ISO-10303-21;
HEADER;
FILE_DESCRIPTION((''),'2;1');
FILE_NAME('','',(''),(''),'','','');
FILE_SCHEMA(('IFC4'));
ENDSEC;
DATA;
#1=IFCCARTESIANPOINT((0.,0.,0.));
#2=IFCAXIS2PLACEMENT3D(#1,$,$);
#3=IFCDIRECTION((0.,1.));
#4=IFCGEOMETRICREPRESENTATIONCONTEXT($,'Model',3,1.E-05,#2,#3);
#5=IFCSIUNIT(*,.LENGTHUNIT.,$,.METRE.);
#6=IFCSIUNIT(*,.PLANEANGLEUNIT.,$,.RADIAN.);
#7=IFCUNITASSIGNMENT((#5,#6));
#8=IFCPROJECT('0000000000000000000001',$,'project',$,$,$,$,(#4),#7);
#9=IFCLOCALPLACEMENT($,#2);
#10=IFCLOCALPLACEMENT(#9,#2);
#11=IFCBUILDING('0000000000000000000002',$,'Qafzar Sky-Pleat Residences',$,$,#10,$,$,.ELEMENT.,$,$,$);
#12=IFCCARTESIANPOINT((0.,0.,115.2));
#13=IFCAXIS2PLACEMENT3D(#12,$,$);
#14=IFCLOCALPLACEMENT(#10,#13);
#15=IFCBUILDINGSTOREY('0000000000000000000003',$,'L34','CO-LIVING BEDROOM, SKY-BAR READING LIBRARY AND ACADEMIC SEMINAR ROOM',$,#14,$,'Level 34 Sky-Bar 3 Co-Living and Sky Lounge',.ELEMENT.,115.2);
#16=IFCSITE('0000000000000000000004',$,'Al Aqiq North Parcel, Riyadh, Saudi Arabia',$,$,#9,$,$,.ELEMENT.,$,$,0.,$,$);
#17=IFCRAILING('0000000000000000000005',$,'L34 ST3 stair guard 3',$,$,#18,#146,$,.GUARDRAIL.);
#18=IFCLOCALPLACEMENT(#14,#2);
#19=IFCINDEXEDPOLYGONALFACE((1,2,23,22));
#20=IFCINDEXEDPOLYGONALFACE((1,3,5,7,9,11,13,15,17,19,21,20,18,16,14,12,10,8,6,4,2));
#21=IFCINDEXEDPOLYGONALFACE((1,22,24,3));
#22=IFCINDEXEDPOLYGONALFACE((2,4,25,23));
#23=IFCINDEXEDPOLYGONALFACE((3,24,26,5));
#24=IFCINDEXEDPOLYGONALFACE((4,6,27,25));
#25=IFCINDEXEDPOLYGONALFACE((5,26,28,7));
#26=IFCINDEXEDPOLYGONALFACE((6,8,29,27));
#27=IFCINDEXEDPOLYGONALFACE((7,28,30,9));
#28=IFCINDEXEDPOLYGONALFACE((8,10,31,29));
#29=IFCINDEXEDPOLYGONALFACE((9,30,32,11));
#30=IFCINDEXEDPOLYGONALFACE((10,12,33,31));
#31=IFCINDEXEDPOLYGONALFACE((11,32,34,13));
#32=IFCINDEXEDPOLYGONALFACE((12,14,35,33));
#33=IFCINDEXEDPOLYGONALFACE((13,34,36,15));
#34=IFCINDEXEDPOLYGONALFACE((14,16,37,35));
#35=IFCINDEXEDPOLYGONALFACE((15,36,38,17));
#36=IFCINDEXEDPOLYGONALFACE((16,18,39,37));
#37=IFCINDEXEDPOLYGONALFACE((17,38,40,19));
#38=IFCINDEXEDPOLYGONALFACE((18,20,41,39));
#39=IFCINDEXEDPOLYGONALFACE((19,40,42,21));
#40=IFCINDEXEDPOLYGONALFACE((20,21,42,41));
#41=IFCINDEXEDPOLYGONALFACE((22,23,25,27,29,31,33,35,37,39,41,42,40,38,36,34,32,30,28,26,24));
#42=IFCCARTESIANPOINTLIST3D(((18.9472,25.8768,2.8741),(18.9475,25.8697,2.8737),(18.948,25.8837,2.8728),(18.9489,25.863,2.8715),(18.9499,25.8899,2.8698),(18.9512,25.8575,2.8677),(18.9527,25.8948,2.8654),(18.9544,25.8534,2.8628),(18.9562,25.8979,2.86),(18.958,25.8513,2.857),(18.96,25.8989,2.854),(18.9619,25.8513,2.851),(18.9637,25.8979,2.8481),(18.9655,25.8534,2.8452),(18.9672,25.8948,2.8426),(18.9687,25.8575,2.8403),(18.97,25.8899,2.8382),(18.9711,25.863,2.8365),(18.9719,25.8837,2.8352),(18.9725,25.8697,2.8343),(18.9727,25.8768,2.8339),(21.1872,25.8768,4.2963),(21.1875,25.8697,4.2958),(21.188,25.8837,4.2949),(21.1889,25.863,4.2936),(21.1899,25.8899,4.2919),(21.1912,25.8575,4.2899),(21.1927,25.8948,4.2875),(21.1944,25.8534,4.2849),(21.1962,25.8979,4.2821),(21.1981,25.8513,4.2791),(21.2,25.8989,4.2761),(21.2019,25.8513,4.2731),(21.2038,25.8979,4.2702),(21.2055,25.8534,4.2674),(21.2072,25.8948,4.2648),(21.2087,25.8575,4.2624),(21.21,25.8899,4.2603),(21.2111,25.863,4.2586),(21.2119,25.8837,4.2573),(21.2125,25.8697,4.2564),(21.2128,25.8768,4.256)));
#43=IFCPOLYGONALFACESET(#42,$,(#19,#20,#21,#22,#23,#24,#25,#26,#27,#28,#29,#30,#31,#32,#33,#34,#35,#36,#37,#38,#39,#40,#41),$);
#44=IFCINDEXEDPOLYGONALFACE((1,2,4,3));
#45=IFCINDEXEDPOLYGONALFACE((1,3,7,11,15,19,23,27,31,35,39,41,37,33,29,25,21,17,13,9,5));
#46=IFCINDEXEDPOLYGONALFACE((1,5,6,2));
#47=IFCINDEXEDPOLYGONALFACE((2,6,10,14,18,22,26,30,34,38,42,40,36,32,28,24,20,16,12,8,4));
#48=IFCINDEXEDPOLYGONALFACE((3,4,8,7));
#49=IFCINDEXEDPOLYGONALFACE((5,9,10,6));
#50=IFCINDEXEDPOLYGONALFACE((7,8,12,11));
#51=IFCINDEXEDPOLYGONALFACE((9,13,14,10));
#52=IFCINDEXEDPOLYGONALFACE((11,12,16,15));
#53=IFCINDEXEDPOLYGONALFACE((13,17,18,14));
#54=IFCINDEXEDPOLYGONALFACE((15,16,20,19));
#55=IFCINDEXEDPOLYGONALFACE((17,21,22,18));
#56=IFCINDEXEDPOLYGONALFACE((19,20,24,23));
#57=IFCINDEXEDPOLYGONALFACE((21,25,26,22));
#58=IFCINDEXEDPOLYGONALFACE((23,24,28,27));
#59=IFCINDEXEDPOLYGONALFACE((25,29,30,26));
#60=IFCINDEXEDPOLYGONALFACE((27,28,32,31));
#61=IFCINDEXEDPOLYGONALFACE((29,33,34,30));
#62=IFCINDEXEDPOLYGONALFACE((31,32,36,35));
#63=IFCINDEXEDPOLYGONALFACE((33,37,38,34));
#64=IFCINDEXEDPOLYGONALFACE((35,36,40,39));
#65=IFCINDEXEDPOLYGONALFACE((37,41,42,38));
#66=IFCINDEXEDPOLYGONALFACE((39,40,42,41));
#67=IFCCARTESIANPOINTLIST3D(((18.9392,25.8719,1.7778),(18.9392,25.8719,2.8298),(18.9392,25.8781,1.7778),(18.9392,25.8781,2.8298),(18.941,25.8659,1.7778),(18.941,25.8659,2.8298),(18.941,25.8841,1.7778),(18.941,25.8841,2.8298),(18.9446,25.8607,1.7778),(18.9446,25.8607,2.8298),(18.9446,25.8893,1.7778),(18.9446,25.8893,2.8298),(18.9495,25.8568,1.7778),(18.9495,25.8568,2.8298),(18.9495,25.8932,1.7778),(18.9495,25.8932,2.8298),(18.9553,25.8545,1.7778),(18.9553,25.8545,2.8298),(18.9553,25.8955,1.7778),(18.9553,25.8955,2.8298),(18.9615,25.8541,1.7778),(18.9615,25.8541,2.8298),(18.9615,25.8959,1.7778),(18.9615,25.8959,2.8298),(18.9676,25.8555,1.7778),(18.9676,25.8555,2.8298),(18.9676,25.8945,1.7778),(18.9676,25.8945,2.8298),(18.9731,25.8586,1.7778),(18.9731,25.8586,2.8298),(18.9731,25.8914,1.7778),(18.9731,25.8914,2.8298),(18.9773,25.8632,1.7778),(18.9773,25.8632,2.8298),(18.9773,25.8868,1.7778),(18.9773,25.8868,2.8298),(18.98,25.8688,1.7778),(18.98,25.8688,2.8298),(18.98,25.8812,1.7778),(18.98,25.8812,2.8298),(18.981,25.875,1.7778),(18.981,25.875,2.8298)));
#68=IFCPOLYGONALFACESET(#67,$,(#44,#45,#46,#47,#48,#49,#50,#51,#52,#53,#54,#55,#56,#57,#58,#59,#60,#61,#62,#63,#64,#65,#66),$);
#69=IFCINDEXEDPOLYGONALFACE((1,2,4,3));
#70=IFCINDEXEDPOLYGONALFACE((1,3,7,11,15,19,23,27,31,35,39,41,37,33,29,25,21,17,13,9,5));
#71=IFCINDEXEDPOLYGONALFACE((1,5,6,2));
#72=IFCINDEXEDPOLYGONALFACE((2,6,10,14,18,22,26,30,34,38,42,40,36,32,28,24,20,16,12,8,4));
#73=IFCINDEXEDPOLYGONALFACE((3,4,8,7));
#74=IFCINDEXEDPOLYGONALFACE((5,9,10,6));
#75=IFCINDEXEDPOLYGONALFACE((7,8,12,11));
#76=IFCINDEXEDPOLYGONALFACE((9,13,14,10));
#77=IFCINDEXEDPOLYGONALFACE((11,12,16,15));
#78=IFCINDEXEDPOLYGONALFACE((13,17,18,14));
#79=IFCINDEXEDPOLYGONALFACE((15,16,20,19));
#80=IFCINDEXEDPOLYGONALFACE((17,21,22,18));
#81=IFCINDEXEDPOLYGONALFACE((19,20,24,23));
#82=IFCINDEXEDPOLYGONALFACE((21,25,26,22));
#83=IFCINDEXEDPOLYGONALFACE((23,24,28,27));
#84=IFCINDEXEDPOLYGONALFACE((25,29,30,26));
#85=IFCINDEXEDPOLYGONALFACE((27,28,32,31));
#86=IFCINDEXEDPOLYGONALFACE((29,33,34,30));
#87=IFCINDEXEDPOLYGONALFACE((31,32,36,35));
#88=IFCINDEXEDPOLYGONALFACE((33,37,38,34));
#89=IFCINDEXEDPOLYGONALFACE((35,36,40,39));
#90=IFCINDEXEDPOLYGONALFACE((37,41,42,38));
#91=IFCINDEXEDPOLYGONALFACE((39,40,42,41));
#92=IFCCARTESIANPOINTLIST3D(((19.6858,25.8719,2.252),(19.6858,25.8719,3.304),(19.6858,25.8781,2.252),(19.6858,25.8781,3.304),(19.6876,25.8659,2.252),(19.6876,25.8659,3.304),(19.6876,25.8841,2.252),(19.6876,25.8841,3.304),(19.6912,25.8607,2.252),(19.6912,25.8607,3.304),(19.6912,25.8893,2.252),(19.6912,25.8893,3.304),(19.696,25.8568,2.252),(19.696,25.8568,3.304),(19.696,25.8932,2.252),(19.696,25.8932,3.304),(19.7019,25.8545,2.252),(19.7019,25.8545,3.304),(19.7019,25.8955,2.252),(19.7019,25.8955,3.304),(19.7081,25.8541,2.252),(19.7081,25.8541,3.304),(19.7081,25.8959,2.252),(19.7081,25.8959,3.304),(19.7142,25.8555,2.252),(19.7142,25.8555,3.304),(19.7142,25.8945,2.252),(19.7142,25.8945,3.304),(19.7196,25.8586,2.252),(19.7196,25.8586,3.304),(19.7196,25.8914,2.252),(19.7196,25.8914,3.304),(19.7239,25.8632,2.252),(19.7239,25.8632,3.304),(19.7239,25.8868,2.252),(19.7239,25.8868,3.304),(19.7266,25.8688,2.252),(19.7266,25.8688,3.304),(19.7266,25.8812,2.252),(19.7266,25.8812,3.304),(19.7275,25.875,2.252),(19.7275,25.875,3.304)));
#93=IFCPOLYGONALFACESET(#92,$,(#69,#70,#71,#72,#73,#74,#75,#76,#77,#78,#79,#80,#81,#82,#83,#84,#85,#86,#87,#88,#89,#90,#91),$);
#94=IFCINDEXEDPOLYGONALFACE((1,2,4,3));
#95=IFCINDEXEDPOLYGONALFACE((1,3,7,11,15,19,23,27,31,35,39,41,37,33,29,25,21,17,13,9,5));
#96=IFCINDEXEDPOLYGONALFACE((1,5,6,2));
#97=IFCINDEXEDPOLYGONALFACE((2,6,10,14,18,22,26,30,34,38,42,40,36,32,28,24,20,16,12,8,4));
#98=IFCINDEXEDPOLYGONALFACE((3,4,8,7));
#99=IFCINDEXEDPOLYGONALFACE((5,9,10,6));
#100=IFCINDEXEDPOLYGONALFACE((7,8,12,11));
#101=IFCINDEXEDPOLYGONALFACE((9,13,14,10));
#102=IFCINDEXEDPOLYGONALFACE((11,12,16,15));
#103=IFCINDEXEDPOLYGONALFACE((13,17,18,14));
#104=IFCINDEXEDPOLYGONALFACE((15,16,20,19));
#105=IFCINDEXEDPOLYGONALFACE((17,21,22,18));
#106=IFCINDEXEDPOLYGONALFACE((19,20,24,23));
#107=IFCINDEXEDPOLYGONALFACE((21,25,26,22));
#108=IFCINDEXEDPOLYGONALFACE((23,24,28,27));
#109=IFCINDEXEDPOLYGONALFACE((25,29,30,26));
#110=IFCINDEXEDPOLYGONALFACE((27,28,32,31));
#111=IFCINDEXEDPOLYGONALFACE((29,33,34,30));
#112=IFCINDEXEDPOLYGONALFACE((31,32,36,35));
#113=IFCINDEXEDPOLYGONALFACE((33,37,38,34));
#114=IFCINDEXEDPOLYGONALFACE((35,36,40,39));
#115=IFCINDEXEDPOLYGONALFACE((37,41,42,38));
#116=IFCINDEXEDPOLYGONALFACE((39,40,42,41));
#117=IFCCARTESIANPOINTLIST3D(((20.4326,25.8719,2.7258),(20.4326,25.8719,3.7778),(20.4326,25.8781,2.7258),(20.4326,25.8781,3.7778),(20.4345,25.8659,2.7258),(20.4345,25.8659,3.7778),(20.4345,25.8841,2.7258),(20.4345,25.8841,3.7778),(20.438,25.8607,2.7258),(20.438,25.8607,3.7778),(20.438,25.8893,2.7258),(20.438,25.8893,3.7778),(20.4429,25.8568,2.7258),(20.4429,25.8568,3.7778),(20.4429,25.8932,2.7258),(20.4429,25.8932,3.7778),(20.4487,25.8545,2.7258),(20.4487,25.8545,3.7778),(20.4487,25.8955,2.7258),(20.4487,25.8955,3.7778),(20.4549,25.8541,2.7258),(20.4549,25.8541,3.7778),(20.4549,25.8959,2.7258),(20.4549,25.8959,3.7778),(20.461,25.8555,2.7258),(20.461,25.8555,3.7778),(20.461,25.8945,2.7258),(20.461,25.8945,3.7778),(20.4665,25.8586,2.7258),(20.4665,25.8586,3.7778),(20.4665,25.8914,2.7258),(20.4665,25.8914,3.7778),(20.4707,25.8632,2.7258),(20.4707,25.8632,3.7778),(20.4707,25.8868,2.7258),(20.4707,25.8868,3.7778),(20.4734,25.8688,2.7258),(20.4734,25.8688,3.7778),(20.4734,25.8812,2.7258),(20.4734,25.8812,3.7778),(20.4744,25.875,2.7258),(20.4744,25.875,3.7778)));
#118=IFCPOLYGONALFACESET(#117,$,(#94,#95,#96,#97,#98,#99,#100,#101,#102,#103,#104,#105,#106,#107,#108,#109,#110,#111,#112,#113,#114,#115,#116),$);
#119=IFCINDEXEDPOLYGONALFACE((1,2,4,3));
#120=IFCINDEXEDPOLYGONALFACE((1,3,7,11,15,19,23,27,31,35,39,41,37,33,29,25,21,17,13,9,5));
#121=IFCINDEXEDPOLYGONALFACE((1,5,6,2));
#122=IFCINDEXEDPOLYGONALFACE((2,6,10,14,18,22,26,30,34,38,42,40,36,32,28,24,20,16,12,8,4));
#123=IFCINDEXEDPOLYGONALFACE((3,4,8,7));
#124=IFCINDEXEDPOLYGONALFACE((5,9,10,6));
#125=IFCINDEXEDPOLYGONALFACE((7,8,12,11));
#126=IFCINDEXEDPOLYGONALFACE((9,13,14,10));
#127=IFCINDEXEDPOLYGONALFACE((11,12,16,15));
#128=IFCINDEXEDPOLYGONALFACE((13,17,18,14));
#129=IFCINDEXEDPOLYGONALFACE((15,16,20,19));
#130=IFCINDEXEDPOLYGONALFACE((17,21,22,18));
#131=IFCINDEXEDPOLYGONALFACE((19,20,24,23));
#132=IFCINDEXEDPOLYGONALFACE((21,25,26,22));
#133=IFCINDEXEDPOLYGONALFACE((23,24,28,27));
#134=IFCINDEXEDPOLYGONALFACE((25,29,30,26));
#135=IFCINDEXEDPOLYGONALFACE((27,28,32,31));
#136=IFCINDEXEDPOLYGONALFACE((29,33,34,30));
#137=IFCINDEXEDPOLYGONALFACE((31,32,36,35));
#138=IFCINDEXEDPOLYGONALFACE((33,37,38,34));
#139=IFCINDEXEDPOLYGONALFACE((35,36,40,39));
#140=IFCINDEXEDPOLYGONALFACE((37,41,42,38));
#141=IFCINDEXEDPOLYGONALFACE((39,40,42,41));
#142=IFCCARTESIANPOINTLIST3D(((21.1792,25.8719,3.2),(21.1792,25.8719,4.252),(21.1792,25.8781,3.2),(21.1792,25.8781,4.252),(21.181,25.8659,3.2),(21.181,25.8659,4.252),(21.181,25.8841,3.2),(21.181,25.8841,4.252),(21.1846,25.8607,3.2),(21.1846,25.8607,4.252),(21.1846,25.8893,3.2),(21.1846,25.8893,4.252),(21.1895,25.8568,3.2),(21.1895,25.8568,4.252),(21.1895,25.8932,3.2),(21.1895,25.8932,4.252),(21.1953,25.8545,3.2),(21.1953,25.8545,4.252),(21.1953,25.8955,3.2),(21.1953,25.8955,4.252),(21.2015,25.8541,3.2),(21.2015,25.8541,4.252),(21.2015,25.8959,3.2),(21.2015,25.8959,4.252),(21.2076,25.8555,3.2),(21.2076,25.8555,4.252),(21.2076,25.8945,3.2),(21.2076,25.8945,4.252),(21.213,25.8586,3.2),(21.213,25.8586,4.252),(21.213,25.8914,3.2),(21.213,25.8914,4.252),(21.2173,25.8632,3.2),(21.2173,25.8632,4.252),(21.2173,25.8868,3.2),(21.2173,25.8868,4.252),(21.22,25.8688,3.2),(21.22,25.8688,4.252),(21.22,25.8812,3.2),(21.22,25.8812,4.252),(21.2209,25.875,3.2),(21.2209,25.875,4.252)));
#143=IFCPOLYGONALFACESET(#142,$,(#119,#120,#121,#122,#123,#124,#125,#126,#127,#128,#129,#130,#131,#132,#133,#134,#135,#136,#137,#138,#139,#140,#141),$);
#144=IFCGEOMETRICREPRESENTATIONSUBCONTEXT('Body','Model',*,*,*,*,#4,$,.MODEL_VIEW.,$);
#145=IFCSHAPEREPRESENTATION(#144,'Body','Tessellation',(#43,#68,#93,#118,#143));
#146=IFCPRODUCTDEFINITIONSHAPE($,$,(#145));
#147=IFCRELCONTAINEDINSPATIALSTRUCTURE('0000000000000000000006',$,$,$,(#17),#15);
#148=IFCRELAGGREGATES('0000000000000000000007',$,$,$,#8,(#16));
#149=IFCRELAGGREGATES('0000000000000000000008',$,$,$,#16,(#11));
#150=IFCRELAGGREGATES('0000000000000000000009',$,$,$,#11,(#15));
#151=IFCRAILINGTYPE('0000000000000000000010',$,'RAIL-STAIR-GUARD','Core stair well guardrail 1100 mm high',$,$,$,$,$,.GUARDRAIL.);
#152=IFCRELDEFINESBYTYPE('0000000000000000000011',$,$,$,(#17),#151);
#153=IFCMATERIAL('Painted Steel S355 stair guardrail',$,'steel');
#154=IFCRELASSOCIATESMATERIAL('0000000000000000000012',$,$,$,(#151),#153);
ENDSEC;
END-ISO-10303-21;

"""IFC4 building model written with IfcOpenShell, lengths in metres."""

from ifc_helpers import new_model, si_unit, direction, frame, origin, origin_2d, place, context, subcontext, project, spatial, circle, extrude, source, transform, mapped, material, type_object, element, save


model = new_model("IFC4")

# Units and contexts
model_context = context("Model", 3, precision=1e-05, world=origin(), true_north=direction((0.0, 1.0)))
body_context = subcontext(model_context, "Body", "Model", "MODEL_VIEW")
ifc_project = project(units=[si_unit("LENGTHUNIT", "METRE"), si_unit("PLANEANGLEUNIT", "RADIAN")], contexts=[model_context])

# Site, building, storey
site_placement = place(None, origin())
site = spatial("IfcSite", under=ifc_project, at=site_placement, Name="Al Aqiq North Parcel, Riyadh, Saudi Arabia", CompositionType="ELEMENT", RefElevation=0.0)
building_placement = place(site_placement, origin())
building = spatial("IfcBuilding", under=site, at=building_placement, Name="Qafzar Sky-Pleat Residences", CompositionType="ELEMENT")
storey_placement = place(building_placement, frame((0.0, 0.0, 115.2)))
storey = spatial("IfcBuildingStorey", under=building, at=storey_placement, Name="L34", Description="CO-LIVING BEDROOM, SKY-BAR READING LIBRARY AND ACADEMIC SEMINAR ROOM", LongName="Level 34 Sky-Bar 3 Co-Living and Sky Lounge", CompositionType="ELEMENT", Elevation=115.2)

# Railing
ifc_material_1 = material(Name="Painted Steel S355 stair guardrail", Category="steel")
railing_type_1 = type_object("IfcRailingType", Name="RAIL-STAIR-GUARD", Description="Core stair well guardrail 1100 mm high", PredefinedType="GUARDRAIL", material=ifc_material_1)
shared_shape_1 = source(origin(), body_context, "Body", "SweptSolid", [
    extrude(circle(Radius=0.0239, at=origin_2d()), frame((0.0, 0.0, 1.0762), z_axis=(0.844229, 0.0, 0.535982), x_axis=(0.0, 1.0, 0.0)), (0.0, 0.0, 1.0), 2.6533),
    extrude(circle(Radius=0.021, at=origin_2d()), origin(), (0.0, 0.0, 1.0), 1.052),
    extrude(circle(Radius=0.021, at=origin_2d()), frame((0.7466, 0.0, 0.4741)), (0.0, 0.0, 1.0), 1.052),
    extrude(circle(Radius=0.021, at=origin_2d()), frame((1.4934, 0.0, 0.948)), (0.0, 0.0, 1.0), 1.052),
    extrude(circle(Radius=0.021, at=origin_2d()), frame((2.24, 0.0, 1.4221)), (0.0, 0.0, 1.0), 1.052),
])
railing_1_placement = place(storey_placement, frame((18.96, 25.875, 1.7778)))
element("IfcRailing", 1, at=railing_1_placement, inside=storey, type_object=railing_type_1, Name="L34 ST3 stair guard 3", PredefinedType="GUARDRAIL", context=body_context, shape_type="MappedRepresentation", body=[
    mapped(shared_shape_1, transform((0.0, 0.0, 0.0), x_axis=(1.0, 0.0, 0.0), y_axis=(0.0, 1.0, 0.0), z_axis=(0.0, 0.0, 1.0), scale=1.0)),
])

save(model, "model.ifc")
